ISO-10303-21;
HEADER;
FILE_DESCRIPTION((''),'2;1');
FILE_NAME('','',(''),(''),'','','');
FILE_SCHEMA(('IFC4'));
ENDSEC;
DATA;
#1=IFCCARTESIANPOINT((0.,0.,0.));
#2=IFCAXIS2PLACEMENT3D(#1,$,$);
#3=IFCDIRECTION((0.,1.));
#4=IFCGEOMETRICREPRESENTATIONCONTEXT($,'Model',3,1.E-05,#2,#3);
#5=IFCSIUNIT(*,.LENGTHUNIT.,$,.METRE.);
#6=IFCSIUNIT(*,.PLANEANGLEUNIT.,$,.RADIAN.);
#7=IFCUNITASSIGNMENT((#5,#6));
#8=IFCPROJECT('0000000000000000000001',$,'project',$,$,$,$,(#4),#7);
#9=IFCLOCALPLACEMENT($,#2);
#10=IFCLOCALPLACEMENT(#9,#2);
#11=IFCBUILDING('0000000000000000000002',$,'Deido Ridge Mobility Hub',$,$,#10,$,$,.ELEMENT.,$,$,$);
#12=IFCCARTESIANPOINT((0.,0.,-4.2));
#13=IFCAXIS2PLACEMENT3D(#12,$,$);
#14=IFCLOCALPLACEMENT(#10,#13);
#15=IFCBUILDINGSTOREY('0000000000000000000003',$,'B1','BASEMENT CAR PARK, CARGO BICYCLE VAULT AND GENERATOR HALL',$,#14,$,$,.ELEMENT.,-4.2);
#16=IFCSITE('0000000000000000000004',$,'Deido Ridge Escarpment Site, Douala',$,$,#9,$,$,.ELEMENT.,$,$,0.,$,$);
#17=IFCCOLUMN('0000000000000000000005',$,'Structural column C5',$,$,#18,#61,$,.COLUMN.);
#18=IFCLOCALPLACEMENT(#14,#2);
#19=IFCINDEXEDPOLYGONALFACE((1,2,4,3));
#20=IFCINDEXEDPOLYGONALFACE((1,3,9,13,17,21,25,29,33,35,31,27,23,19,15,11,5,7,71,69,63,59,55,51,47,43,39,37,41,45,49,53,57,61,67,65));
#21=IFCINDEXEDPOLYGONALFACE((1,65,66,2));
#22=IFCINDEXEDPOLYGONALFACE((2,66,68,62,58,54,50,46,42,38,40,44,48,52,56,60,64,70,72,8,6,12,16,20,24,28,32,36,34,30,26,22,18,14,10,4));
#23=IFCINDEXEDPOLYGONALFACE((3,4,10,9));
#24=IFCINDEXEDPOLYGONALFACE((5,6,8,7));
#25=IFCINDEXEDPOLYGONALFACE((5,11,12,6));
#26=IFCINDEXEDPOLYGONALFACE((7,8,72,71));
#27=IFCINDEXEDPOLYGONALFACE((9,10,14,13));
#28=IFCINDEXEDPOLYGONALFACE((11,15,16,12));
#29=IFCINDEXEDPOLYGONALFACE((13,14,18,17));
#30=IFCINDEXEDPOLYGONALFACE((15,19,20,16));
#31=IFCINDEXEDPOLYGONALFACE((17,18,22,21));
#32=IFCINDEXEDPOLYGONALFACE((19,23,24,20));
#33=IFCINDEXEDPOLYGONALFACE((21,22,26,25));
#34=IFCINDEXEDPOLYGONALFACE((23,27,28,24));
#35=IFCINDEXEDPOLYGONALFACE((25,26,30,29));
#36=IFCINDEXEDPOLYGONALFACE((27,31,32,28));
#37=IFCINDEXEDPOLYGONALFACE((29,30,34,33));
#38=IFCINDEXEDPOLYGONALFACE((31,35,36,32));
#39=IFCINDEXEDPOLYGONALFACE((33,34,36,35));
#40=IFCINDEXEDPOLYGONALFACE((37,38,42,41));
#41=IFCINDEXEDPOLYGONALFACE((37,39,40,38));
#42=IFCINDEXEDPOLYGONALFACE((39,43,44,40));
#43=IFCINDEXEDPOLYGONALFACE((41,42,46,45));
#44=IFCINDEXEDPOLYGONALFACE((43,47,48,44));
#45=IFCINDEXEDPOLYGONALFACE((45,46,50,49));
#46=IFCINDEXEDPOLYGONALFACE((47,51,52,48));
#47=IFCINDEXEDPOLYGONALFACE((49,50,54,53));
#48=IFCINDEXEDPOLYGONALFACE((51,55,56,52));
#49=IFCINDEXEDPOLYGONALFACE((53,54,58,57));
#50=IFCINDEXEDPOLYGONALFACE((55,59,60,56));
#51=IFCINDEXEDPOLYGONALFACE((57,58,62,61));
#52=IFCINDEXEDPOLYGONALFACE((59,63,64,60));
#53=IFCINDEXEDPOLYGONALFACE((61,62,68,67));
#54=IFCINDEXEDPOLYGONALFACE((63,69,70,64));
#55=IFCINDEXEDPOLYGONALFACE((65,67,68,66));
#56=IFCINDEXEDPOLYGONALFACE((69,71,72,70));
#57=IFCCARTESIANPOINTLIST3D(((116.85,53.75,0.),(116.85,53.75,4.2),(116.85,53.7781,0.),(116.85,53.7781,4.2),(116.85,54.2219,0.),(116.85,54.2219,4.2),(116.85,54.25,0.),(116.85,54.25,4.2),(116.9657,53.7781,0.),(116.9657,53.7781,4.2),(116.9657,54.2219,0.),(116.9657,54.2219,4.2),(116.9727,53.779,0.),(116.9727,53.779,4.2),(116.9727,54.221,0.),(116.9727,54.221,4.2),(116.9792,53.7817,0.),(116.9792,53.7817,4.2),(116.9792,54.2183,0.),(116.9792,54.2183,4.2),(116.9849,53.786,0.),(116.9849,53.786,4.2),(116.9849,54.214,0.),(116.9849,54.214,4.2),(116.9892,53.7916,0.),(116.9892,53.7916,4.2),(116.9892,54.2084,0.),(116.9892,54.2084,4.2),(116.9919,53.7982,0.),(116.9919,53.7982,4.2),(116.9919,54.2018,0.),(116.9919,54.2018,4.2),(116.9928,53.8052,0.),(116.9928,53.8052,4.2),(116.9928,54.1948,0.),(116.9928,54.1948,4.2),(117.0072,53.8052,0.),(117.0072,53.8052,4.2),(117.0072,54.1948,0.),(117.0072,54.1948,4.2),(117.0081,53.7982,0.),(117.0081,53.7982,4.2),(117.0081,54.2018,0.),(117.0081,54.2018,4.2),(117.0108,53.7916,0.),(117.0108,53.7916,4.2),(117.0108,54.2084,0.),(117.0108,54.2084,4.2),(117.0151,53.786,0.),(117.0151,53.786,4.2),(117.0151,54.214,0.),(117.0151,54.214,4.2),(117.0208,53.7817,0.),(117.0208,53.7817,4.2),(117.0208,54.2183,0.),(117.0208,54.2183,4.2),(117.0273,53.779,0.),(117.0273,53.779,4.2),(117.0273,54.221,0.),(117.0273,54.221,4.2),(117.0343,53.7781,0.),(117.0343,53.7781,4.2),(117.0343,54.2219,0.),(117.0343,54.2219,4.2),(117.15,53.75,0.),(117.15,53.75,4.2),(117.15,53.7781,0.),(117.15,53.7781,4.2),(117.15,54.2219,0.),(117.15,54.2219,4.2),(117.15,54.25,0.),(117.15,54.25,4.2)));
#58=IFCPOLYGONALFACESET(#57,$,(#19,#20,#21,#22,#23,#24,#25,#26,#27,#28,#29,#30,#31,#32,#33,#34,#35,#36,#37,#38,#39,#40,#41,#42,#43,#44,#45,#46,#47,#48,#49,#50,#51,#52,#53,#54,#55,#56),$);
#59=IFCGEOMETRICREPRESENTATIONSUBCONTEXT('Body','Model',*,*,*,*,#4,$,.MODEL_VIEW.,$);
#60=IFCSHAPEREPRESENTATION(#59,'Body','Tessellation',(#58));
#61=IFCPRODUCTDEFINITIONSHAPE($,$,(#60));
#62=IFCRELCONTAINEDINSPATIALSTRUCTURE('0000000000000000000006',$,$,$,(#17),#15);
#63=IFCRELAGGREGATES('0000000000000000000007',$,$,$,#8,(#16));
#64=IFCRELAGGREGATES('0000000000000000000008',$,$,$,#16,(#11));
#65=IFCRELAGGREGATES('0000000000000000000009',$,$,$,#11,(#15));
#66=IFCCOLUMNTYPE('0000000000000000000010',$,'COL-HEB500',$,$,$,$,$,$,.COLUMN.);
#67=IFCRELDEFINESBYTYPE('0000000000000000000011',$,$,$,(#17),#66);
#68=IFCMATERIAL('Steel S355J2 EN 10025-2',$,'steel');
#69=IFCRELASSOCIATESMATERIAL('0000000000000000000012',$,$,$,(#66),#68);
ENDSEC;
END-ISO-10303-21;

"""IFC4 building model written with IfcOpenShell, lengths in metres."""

from ifc_helpers import new_model, si_unit, direction, frame, origin, origin_2d, place, context, subcontext, project, spatial, i_section, extrude, material, material_profile, profile_set, type_object, element, save


model = new_model("IFC4")

# Units and contexts
model_context = context("Model", 3, precision=1e-05, world=origin(), true_north=direction((0.0, 1.0)))
body_context = subcontext(model_context, "Body", "Model", "MODEL_VIEW")
ifc_project = project(units=[si_unit("LENGTHUNIT", "METRE"), si_unit("PLANEANGLEUNIT", "RADIAN")], contexts=[model_context])

# Site, building, storey
site_placement = place(None, origin())
site = spatial("IfcSite", under=ifc_project, at=site_placement, Name="Deido Ridge Escarpment Site, Douala", CompositionType="ELEMENT", RefElevation=0.0)
building_placement = place(site_placement, origin())
building = spatial("IfcBuilding", under=site, at=building_placement, Name="Deido Ridge Mobility Hub", CompositionType="ELEMENT")
storey_placement = place(building_placement, frame((0.0, 0.0, -4.2)))
storey = spatial("IfcBuildingStorey", under=building, at=storey_placement, Name="B1", Description="BASEMENT CAR PARK, CARGO BICYCLE VAULT AND GENERATOR HALL", CompositionType="ELEMENT", Elevation=-4.2)

# Column
ifc_material_1 = material(Name="Steel S355J2 EN 10025-2", Category="steel")
ifc_material_profile_1 = material_profile(ifc_material_1, i_section(OverallWidth=0.3, OverallDepth=0.5, WebThickness=0.0144, FlangeThickness=0.0281, FilletRadius=0.0271, at=origin_2d()), Name="HEB 500")
ifc_profile_set_1 = profile_set([ifc_material_profile_1], Name="Steel S355J2 EN 10025-2")
column_type = type_object("IfcColumnType", Name="COL-HEB500", PredefinedType="COLUMN", material=ifc_profile_set_1)
for number, where, z_axis, x_axis, name in (
    (1, (117.0, 54.0, 0.0), (0.0, 0.0, 1.0), (1.0, 0.0, 0.0), "Structural column C5"),
):
    element("IfcColumn", number, at=place(storey_placement, frame(where, z_axis=z_axis, x_axis=x_axis)), inside=storey, type_object=column_type, Name=name, PredefinedType="COLUMN", context=body_context, shape_type="SweptSolid", body=[
        extrude(i_section(OverallWidth=0.3, OverallDepth=0.5, WebThickness=0.0144, FlangeThickness=0.0281, FilletRadius=0.0271, at=origin_2d()), origin(), (0.0, 0.0, 1.0), 4.2),
    ])

save(model, "model.ifc")
